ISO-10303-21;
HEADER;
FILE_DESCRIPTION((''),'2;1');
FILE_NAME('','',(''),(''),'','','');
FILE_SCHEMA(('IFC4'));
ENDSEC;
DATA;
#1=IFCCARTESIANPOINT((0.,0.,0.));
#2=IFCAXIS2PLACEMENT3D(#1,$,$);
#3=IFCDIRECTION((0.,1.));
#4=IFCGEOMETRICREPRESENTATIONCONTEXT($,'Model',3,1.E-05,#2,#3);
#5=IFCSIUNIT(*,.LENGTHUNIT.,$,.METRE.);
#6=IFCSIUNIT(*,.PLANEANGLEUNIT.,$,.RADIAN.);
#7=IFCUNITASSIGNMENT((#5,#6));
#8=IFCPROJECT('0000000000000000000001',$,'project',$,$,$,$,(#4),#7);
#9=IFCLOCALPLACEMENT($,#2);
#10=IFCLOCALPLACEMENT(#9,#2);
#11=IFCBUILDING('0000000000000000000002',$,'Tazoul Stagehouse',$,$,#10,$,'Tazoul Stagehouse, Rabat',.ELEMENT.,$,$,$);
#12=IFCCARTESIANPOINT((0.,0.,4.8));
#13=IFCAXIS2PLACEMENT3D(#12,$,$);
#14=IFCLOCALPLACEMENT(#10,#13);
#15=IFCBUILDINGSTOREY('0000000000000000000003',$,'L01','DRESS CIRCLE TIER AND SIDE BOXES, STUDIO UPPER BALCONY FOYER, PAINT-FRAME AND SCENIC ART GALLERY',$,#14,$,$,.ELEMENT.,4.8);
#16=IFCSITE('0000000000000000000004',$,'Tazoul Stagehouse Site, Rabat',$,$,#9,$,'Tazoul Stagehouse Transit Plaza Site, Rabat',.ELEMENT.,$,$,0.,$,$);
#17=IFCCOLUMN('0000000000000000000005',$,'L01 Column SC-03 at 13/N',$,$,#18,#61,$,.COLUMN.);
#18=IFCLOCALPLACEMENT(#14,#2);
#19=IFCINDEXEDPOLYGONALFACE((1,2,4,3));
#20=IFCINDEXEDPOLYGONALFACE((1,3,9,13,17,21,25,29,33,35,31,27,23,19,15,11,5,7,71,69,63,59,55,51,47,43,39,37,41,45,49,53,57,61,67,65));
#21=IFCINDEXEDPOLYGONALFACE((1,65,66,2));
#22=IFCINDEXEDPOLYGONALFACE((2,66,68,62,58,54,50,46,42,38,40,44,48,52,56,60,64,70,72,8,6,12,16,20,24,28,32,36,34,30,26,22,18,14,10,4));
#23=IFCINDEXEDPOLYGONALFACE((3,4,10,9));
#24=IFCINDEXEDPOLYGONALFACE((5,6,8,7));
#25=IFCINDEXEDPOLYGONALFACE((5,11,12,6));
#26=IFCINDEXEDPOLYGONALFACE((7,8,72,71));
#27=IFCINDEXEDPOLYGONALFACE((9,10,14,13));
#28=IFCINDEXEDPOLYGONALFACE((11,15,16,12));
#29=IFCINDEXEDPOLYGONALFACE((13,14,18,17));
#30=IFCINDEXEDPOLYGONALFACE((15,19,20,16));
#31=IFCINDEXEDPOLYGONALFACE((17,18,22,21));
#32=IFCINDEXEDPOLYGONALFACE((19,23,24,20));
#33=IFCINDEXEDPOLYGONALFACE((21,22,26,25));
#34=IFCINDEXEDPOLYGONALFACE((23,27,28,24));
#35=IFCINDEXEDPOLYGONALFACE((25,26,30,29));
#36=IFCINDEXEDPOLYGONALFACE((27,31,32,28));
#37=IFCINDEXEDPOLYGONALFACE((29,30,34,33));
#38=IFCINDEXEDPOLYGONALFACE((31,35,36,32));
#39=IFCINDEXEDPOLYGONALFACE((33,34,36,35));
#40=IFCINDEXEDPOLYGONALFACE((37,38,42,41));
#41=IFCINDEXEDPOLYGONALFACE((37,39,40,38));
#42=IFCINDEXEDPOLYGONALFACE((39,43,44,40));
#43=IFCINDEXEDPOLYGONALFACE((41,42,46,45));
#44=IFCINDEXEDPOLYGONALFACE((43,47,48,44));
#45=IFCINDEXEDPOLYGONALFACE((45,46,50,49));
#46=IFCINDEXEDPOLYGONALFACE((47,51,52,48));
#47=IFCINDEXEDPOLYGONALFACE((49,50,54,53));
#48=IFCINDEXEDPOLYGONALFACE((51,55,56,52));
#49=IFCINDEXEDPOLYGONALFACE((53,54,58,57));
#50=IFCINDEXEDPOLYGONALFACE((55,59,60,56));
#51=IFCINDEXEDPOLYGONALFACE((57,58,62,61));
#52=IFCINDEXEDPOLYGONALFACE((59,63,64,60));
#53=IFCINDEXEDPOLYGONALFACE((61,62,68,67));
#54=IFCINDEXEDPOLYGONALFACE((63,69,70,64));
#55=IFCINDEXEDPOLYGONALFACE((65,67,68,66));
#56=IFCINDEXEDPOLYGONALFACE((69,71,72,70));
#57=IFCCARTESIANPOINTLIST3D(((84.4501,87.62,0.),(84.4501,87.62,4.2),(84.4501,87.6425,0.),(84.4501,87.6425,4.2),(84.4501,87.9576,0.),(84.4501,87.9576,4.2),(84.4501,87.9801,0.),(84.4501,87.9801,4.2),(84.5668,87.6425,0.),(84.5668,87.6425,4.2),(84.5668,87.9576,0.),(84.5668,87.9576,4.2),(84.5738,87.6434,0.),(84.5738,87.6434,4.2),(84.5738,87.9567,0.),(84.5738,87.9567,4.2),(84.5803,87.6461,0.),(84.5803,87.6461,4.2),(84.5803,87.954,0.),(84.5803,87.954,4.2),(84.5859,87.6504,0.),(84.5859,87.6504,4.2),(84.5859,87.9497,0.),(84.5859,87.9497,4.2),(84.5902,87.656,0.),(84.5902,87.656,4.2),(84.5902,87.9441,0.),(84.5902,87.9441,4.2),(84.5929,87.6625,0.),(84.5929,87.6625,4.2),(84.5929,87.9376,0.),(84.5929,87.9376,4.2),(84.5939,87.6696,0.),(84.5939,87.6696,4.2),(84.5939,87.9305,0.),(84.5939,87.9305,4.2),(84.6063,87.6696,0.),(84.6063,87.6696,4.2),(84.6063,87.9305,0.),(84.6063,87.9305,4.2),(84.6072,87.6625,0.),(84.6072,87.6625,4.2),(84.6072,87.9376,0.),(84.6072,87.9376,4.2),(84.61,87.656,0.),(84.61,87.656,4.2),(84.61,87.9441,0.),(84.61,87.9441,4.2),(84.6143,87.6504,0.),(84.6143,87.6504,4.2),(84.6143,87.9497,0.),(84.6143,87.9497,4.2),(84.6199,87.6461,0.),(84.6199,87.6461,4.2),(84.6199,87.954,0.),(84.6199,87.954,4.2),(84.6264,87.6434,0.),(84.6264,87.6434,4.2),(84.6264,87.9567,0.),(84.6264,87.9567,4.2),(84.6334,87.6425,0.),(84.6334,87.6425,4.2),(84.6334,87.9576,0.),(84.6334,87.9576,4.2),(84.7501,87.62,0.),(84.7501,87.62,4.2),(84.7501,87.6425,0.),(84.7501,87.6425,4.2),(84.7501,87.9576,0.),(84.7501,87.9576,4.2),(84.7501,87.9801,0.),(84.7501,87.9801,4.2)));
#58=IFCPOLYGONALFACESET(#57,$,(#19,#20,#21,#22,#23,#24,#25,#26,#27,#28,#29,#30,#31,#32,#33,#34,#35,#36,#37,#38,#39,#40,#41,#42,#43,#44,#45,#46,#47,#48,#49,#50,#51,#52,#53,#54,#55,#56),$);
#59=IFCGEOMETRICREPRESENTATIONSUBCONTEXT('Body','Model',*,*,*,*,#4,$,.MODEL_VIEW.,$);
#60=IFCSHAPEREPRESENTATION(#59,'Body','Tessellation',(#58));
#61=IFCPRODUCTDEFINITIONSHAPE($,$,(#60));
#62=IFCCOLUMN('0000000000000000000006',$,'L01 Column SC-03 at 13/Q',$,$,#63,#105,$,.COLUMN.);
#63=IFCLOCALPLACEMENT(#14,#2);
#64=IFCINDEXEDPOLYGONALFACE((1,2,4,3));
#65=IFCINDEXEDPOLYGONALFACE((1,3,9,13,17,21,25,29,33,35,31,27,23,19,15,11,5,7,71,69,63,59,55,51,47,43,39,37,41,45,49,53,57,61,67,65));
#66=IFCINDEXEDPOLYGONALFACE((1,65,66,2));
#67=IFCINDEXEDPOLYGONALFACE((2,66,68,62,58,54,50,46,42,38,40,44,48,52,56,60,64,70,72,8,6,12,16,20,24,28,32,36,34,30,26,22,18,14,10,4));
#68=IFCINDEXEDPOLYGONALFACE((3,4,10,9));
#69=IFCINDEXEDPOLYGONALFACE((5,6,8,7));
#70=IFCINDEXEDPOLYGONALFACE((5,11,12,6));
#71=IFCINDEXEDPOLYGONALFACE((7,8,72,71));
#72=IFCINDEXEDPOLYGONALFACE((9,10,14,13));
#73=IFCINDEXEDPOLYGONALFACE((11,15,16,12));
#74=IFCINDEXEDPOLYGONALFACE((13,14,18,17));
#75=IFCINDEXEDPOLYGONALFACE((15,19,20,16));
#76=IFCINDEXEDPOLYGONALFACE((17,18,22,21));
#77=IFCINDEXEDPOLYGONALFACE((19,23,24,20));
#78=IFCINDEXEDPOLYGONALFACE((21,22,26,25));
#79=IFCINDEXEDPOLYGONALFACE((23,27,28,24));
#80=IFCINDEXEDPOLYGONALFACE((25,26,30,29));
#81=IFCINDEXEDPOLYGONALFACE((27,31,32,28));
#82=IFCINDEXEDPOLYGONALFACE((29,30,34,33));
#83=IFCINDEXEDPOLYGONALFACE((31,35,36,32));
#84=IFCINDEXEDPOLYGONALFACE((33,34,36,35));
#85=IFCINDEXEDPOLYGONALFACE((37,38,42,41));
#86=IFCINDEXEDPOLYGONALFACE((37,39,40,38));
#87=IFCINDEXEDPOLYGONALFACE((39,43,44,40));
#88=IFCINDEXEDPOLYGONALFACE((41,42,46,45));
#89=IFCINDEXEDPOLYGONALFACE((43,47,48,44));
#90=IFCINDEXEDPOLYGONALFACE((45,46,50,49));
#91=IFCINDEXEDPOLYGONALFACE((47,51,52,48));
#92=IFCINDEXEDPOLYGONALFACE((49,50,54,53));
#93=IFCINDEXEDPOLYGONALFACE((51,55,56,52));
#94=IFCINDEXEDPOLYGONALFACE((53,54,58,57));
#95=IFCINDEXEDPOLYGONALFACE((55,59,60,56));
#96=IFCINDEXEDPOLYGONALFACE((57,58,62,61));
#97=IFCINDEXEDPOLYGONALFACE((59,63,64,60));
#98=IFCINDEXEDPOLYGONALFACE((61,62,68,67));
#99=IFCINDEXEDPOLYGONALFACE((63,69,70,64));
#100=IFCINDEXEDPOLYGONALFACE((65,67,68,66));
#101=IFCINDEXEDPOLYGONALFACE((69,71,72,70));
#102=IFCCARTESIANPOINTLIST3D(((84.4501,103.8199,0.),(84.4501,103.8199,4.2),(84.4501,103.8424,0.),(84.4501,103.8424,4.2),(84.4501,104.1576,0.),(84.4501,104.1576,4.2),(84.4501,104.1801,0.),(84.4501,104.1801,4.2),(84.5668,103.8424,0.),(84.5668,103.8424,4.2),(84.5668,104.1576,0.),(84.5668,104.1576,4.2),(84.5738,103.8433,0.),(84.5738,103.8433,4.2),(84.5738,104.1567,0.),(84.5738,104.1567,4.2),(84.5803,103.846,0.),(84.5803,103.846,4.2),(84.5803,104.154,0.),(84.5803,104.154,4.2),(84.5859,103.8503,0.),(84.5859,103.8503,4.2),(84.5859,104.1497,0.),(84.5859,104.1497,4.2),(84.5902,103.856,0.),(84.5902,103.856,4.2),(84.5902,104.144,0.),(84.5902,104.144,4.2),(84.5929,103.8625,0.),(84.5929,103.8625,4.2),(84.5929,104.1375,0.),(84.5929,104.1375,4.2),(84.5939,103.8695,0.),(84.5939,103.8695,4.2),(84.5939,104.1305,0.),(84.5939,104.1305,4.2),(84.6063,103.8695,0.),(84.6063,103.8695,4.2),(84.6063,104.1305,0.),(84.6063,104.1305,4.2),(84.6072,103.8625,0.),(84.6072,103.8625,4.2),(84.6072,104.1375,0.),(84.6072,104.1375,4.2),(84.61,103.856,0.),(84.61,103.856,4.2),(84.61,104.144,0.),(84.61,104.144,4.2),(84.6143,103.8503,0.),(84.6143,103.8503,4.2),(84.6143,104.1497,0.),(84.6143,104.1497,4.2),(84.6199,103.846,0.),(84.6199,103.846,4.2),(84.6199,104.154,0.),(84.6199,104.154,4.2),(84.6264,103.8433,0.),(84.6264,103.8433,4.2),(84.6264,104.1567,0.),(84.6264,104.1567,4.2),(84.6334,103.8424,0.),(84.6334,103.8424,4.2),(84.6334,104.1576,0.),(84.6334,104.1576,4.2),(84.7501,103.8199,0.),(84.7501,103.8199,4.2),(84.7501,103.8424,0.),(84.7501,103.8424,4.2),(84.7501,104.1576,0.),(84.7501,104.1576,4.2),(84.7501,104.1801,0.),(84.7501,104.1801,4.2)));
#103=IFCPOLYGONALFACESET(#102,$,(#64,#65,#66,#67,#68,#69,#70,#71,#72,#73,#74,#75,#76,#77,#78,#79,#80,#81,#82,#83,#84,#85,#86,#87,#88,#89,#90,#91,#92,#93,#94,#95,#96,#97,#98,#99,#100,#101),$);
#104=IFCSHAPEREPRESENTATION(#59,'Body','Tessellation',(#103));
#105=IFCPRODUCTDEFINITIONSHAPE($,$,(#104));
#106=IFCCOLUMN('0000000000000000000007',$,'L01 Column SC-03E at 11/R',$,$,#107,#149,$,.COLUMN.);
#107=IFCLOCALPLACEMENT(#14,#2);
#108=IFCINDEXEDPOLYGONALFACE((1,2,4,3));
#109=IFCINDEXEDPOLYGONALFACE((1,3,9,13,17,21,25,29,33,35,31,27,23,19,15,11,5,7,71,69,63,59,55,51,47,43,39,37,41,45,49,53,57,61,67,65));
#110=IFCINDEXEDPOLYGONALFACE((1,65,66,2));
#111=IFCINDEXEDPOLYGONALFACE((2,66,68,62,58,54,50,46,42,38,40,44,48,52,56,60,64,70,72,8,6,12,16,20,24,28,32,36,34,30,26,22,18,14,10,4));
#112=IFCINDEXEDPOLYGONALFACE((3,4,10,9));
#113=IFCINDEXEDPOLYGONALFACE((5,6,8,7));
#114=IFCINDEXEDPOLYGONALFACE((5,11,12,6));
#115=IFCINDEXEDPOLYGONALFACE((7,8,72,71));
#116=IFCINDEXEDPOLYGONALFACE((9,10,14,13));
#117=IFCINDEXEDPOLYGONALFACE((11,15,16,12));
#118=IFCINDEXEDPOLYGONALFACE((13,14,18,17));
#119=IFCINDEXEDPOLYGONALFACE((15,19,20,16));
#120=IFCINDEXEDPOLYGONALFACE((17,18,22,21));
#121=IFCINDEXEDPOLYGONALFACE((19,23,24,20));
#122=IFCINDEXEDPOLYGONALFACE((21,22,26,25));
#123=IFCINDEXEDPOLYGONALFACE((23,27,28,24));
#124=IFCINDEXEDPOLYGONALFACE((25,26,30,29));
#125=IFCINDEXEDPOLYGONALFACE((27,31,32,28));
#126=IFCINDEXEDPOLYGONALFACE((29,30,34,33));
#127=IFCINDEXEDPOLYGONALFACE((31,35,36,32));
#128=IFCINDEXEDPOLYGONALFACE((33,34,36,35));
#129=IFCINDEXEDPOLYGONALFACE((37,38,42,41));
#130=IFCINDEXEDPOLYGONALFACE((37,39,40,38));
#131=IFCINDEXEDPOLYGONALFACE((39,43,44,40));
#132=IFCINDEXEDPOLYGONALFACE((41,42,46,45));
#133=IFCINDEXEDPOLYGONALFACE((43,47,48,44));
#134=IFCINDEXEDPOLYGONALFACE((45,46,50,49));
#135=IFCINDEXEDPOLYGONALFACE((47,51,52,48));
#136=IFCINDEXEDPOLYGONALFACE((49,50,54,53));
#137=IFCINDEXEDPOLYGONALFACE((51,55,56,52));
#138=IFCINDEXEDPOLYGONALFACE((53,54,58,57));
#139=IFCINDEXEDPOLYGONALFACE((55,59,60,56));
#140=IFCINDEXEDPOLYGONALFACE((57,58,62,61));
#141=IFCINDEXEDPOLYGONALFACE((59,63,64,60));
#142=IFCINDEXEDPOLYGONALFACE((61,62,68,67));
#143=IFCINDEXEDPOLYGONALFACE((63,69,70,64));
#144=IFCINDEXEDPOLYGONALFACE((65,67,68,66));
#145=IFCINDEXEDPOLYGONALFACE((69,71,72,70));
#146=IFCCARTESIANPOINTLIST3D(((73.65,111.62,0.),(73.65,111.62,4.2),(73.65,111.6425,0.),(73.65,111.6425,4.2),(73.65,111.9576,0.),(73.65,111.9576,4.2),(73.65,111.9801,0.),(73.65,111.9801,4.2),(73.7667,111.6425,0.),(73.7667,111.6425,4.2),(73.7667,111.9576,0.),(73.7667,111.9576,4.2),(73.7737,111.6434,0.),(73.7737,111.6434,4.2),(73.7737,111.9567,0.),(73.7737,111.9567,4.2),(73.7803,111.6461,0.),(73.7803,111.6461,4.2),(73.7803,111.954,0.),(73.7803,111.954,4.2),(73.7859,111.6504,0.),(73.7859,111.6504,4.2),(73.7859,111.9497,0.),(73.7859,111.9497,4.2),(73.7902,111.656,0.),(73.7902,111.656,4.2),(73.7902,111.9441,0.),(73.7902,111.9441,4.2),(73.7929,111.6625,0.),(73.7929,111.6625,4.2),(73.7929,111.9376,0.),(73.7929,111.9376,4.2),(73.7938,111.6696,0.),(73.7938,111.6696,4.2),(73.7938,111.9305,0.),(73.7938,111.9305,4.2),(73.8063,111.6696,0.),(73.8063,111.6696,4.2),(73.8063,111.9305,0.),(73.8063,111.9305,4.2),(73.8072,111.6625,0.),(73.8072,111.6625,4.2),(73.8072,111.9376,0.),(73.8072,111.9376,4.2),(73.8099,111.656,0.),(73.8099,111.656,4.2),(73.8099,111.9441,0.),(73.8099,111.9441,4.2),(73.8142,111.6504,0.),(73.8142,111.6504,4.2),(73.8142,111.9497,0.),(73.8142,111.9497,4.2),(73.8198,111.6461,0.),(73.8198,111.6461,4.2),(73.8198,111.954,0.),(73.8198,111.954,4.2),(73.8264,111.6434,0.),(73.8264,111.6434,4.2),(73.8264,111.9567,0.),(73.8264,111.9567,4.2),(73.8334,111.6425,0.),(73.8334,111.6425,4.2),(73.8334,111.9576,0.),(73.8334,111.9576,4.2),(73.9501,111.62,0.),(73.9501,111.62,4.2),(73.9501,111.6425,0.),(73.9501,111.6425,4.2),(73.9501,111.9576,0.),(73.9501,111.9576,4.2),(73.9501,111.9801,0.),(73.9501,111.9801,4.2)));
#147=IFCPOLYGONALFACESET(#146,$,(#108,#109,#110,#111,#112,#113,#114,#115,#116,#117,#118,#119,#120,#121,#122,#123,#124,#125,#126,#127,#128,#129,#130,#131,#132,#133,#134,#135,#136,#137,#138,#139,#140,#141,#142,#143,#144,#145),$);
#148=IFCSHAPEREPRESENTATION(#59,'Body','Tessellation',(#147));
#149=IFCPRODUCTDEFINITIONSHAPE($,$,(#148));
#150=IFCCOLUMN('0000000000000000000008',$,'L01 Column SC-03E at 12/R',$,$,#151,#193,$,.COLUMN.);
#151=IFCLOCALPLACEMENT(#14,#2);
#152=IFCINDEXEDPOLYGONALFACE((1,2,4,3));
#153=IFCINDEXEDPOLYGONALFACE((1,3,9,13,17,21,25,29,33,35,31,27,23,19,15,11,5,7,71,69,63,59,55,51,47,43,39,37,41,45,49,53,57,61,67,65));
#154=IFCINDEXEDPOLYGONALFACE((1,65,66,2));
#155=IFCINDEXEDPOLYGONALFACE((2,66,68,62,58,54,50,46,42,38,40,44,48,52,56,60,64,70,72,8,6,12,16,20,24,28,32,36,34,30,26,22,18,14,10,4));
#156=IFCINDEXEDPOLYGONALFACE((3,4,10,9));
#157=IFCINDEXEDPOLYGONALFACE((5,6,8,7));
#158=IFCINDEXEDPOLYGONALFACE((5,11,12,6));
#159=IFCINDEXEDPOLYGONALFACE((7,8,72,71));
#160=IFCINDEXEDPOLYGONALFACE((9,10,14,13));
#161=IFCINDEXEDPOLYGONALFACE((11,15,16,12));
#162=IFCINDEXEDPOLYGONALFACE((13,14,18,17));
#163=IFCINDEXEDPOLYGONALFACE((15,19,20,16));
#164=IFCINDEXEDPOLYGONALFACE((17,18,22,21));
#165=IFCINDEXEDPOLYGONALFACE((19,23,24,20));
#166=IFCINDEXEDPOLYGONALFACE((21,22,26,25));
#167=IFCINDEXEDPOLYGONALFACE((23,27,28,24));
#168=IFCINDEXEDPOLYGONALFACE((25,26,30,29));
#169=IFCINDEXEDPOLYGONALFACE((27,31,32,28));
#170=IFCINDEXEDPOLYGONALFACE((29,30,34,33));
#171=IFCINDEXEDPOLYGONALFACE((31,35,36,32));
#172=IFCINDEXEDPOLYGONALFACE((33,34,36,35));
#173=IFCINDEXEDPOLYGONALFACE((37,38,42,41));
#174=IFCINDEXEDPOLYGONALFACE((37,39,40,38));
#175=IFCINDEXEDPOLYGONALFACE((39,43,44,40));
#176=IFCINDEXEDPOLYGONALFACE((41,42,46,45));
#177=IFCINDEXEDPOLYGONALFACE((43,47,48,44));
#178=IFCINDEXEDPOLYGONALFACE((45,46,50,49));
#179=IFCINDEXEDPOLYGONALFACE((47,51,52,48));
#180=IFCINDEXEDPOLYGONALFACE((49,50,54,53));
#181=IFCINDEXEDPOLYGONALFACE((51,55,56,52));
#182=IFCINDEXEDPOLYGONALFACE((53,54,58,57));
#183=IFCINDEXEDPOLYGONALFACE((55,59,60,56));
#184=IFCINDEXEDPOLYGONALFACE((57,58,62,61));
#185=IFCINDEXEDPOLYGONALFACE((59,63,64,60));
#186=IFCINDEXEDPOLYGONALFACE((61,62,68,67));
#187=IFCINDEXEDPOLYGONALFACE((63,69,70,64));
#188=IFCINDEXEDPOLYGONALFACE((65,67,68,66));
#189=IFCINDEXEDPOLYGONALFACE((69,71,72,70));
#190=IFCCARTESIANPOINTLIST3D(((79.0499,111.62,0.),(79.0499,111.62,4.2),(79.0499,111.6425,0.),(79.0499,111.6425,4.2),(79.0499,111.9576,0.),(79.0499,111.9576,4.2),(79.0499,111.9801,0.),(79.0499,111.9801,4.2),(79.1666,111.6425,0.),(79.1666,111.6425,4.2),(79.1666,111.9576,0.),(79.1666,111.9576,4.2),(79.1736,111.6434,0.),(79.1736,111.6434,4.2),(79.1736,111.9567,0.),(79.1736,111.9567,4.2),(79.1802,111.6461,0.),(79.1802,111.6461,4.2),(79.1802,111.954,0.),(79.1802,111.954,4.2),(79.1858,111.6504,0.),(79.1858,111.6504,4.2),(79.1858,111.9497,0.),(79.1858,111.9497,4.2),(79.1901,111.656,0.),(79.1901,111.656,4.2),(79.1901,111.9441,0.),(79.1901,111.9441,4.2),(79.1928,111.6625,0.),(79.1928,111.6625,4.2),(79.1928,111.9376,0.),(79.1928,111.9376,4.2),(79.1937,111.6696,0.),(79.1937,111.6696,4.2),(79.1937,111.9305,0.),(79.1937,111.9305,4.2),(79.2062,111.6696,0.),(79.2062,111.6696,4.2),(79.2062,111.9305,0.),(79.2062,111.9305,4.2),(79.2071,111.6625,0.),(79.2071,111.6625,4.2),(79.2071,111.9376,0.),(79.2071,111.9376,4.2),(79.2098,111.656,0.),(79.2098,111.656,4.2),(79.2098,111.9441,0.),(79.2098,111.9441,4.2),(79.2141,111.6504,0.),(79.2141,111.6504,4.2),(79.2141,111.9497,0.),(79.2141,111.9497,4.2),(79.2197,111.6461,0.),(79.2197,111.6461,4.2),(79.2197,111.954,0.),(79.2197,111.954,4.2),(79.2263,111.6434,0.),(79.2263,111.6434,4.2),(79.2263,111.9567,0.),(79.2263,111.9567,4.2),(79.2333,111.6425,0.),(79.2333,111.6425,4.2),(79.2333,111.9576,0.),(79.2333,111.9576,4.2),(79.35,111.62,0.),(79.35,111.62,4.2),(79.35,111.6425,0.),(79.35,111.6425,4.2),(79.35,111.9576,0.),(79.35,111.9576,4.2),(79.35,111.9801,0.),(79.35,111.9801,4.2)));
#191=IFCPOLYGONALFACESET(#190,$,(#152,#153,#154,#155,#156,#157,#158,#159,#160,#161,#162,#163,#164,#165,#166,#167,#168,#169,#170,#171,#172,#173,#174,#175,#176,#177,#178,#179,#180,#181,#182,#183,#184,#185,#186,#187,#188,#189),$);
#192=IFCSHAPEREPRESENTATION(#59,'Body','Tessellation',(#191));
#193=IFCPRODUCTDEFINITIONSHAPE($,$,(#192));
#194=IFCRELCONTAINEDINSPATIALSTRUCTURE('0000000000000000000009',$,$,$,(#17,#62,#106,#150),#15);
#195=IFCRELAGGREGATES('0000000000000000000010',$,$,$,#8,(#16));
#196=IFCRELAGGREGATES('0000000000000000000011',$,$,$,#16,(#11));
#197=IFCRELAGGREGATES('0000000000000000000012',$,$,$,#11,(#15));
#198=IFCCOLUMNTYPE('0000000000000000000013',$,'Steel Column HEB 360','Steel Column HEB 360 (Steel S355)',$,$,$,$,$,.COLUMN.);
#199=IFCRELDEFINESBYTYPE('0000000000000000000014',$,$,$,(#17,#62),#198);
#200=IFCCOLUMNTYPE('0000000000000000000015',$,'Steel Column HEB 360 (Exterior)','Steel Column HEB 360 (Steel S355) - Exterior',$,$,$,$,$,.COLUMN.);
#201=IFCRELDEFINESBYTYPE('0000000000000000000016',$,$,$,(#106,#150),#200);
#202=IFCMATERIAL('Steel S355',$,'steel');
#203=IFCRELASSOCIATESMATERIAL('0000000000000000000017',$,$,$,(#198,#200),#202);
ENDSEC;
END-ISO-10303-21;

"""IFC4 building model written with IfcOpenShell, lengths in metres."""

from ifc_helpers import new_model, si_unit, direction, frame, origin, origin_2d, place, context, subcontext, project, spatial, i_section, extrude, material, material_profile, profile_set, type_object, element, save


model = new_model("IFC4")

# Units and contexts
model_context = context("Model", 3, precision=1e-05, world=origin(), true_north=direction((0.0, 1.0)))
body_context = subcontext(model_context, "Body", "Model", "MODEL_VIEW")
ifc_project = project(units=[si_unit("LENGTHUNIT", "METRE"), si_unit("PLANEANGLEUNIT", "RADIAN")], contexts=[model_context])

# Site, building, storey
site_placement = place(None, origin())
site = spatial("IfcSite", under=ifc_project, at=site_placement, Name="Tazoul Stagehouse Site, Rabat", LongName="Tazoul Stagehouse Transit Plaza Site, Rabat", CompositionType="ELEMENT", RefElevation=0.0)
building_placement = place(site_placement, origin())
building = spatial("IfcBuilding", under=site, at=building_placement, Name="Tazoul Stagehouse", LongName="Tazoul Stagehouse, Rabat", CompositionType="ELEMENT")
storey_placement = place(building_placement, frame((0.0, 0.0, 4.8)))
storey = spatial("IfcBuildingStorey", under=building, at=storey_placement, Name="L01", Description="DRESS CIRCLE TIER AND SIDE BOXES, STUDIO UPPER BALCONY FOYER, PAINT-FRAME AND SCENIC ART GALLERY", CompositionType="ELEMENT", Elevation=4.8)

# Columns
ifc_material = material(Name="Steel S355", Category="steel")
ifc_material_profile_1 = material_profile(ifc_material, i_section(OverallWidth=0.3, OverallDepth=0.3601, WebThickness=0.0125, FlangeThickness=0.0225, FilletRadius=0.0271, at=origin_2d()), Name="HEB 360")
ifc_profile_set_1 = profile_set([ifc_material_profile_1], Name="Steel S355")
column_type_1 = type_object("IfcColumnType", Name="Steel Column HEB 360", Description="Steel Column HEB 360 (Steel S355)", PredefinedType="COLUMN", material=ifc_profile_set_1)
for number, where, z_axis, x_axis, name in (
    (1, (84.6001, 87.8, 0.0), (0.0, 0.0, 1.0), (1.0, 0.0, 0.0), "L01 Column SC-03 at 13/N"),
    (2, (84.6001, 104.0, 0.0), (0.0, 0.0, 1.0), (1.0, 0.0, 0.0), "L01 Column SC-03 at 13/Q"),
):
    element("IfcColumn", number, at=place(storey_placement, frame(where, z_axis=z_axis, x_axis=x_axis)), inside=storey, type_object=column_type_1, Name=name, PredefinedType="COLUMN", context=body_context, shape_type="SweptSolid", body=[
        extrude(i_section(OverallWidth=0.3, OverallDepth=0.3601, WebThickness=0.0125, FlangeThickness=0.0225, FilletRadius=0.0271, at=origin_2d()), origin(), (0.0, 0.0, 1.0), 4.2),
    ])
ifc_material_profile_2 = material_profile(ifc_material, i_section(OverallWidth=0.3, OverallDepth=0.3601, WebThickness=0.0125, FlangeThickness=0.0225, FilletRadius=0.0271, at=origin_2d()), Name="HEB 360")
ifc_profile_set_2 = profile_set([ifc_material_profile_2], Name="Steel S355")
column_type_2 = type_object("IfcColumnType", Name="Steel Column HEB 360 (Exterior)", Description="Steel Column HEB 360 (Steel S355) - Exterior", PredefinedType="COLUMN", material=ifc_profile_set_2)
for number, where, z_axis, x_axis, name in (
    (3, (73.8, 111.8, 0.0), (0.0, 0.0, 1.0), (1.0, 0.0, 0.0), "L01 Column SC-03E at 11/R"),
    (4, (79.2, 111.8, 0.0), (0.0, 0.0, 1.0), (1.0, 0.0, 0.0), "L01 Column SC-03E at 12/R"),
):
    element("IfcColumn", number, at=place(storey_placement, frame(where, z_axis=z_axis, x_axis=x_axis)), inside=storey, type_object=column_type_2, Name=name, PredefinedType="COLUMN", context=body_context, shape_type="SweptSolid", body=[
        extrude(i_section(OverallWidth=0.3, OverallDepth=0.3601, WebThickness=0.0125, FlangeThickness=0.0225, FilletRadius=0.0271, at=origin_2d()), origin(), (0.0, 0.0, 1.0), 4.2),
    ])

save(model, "model.ifc")
